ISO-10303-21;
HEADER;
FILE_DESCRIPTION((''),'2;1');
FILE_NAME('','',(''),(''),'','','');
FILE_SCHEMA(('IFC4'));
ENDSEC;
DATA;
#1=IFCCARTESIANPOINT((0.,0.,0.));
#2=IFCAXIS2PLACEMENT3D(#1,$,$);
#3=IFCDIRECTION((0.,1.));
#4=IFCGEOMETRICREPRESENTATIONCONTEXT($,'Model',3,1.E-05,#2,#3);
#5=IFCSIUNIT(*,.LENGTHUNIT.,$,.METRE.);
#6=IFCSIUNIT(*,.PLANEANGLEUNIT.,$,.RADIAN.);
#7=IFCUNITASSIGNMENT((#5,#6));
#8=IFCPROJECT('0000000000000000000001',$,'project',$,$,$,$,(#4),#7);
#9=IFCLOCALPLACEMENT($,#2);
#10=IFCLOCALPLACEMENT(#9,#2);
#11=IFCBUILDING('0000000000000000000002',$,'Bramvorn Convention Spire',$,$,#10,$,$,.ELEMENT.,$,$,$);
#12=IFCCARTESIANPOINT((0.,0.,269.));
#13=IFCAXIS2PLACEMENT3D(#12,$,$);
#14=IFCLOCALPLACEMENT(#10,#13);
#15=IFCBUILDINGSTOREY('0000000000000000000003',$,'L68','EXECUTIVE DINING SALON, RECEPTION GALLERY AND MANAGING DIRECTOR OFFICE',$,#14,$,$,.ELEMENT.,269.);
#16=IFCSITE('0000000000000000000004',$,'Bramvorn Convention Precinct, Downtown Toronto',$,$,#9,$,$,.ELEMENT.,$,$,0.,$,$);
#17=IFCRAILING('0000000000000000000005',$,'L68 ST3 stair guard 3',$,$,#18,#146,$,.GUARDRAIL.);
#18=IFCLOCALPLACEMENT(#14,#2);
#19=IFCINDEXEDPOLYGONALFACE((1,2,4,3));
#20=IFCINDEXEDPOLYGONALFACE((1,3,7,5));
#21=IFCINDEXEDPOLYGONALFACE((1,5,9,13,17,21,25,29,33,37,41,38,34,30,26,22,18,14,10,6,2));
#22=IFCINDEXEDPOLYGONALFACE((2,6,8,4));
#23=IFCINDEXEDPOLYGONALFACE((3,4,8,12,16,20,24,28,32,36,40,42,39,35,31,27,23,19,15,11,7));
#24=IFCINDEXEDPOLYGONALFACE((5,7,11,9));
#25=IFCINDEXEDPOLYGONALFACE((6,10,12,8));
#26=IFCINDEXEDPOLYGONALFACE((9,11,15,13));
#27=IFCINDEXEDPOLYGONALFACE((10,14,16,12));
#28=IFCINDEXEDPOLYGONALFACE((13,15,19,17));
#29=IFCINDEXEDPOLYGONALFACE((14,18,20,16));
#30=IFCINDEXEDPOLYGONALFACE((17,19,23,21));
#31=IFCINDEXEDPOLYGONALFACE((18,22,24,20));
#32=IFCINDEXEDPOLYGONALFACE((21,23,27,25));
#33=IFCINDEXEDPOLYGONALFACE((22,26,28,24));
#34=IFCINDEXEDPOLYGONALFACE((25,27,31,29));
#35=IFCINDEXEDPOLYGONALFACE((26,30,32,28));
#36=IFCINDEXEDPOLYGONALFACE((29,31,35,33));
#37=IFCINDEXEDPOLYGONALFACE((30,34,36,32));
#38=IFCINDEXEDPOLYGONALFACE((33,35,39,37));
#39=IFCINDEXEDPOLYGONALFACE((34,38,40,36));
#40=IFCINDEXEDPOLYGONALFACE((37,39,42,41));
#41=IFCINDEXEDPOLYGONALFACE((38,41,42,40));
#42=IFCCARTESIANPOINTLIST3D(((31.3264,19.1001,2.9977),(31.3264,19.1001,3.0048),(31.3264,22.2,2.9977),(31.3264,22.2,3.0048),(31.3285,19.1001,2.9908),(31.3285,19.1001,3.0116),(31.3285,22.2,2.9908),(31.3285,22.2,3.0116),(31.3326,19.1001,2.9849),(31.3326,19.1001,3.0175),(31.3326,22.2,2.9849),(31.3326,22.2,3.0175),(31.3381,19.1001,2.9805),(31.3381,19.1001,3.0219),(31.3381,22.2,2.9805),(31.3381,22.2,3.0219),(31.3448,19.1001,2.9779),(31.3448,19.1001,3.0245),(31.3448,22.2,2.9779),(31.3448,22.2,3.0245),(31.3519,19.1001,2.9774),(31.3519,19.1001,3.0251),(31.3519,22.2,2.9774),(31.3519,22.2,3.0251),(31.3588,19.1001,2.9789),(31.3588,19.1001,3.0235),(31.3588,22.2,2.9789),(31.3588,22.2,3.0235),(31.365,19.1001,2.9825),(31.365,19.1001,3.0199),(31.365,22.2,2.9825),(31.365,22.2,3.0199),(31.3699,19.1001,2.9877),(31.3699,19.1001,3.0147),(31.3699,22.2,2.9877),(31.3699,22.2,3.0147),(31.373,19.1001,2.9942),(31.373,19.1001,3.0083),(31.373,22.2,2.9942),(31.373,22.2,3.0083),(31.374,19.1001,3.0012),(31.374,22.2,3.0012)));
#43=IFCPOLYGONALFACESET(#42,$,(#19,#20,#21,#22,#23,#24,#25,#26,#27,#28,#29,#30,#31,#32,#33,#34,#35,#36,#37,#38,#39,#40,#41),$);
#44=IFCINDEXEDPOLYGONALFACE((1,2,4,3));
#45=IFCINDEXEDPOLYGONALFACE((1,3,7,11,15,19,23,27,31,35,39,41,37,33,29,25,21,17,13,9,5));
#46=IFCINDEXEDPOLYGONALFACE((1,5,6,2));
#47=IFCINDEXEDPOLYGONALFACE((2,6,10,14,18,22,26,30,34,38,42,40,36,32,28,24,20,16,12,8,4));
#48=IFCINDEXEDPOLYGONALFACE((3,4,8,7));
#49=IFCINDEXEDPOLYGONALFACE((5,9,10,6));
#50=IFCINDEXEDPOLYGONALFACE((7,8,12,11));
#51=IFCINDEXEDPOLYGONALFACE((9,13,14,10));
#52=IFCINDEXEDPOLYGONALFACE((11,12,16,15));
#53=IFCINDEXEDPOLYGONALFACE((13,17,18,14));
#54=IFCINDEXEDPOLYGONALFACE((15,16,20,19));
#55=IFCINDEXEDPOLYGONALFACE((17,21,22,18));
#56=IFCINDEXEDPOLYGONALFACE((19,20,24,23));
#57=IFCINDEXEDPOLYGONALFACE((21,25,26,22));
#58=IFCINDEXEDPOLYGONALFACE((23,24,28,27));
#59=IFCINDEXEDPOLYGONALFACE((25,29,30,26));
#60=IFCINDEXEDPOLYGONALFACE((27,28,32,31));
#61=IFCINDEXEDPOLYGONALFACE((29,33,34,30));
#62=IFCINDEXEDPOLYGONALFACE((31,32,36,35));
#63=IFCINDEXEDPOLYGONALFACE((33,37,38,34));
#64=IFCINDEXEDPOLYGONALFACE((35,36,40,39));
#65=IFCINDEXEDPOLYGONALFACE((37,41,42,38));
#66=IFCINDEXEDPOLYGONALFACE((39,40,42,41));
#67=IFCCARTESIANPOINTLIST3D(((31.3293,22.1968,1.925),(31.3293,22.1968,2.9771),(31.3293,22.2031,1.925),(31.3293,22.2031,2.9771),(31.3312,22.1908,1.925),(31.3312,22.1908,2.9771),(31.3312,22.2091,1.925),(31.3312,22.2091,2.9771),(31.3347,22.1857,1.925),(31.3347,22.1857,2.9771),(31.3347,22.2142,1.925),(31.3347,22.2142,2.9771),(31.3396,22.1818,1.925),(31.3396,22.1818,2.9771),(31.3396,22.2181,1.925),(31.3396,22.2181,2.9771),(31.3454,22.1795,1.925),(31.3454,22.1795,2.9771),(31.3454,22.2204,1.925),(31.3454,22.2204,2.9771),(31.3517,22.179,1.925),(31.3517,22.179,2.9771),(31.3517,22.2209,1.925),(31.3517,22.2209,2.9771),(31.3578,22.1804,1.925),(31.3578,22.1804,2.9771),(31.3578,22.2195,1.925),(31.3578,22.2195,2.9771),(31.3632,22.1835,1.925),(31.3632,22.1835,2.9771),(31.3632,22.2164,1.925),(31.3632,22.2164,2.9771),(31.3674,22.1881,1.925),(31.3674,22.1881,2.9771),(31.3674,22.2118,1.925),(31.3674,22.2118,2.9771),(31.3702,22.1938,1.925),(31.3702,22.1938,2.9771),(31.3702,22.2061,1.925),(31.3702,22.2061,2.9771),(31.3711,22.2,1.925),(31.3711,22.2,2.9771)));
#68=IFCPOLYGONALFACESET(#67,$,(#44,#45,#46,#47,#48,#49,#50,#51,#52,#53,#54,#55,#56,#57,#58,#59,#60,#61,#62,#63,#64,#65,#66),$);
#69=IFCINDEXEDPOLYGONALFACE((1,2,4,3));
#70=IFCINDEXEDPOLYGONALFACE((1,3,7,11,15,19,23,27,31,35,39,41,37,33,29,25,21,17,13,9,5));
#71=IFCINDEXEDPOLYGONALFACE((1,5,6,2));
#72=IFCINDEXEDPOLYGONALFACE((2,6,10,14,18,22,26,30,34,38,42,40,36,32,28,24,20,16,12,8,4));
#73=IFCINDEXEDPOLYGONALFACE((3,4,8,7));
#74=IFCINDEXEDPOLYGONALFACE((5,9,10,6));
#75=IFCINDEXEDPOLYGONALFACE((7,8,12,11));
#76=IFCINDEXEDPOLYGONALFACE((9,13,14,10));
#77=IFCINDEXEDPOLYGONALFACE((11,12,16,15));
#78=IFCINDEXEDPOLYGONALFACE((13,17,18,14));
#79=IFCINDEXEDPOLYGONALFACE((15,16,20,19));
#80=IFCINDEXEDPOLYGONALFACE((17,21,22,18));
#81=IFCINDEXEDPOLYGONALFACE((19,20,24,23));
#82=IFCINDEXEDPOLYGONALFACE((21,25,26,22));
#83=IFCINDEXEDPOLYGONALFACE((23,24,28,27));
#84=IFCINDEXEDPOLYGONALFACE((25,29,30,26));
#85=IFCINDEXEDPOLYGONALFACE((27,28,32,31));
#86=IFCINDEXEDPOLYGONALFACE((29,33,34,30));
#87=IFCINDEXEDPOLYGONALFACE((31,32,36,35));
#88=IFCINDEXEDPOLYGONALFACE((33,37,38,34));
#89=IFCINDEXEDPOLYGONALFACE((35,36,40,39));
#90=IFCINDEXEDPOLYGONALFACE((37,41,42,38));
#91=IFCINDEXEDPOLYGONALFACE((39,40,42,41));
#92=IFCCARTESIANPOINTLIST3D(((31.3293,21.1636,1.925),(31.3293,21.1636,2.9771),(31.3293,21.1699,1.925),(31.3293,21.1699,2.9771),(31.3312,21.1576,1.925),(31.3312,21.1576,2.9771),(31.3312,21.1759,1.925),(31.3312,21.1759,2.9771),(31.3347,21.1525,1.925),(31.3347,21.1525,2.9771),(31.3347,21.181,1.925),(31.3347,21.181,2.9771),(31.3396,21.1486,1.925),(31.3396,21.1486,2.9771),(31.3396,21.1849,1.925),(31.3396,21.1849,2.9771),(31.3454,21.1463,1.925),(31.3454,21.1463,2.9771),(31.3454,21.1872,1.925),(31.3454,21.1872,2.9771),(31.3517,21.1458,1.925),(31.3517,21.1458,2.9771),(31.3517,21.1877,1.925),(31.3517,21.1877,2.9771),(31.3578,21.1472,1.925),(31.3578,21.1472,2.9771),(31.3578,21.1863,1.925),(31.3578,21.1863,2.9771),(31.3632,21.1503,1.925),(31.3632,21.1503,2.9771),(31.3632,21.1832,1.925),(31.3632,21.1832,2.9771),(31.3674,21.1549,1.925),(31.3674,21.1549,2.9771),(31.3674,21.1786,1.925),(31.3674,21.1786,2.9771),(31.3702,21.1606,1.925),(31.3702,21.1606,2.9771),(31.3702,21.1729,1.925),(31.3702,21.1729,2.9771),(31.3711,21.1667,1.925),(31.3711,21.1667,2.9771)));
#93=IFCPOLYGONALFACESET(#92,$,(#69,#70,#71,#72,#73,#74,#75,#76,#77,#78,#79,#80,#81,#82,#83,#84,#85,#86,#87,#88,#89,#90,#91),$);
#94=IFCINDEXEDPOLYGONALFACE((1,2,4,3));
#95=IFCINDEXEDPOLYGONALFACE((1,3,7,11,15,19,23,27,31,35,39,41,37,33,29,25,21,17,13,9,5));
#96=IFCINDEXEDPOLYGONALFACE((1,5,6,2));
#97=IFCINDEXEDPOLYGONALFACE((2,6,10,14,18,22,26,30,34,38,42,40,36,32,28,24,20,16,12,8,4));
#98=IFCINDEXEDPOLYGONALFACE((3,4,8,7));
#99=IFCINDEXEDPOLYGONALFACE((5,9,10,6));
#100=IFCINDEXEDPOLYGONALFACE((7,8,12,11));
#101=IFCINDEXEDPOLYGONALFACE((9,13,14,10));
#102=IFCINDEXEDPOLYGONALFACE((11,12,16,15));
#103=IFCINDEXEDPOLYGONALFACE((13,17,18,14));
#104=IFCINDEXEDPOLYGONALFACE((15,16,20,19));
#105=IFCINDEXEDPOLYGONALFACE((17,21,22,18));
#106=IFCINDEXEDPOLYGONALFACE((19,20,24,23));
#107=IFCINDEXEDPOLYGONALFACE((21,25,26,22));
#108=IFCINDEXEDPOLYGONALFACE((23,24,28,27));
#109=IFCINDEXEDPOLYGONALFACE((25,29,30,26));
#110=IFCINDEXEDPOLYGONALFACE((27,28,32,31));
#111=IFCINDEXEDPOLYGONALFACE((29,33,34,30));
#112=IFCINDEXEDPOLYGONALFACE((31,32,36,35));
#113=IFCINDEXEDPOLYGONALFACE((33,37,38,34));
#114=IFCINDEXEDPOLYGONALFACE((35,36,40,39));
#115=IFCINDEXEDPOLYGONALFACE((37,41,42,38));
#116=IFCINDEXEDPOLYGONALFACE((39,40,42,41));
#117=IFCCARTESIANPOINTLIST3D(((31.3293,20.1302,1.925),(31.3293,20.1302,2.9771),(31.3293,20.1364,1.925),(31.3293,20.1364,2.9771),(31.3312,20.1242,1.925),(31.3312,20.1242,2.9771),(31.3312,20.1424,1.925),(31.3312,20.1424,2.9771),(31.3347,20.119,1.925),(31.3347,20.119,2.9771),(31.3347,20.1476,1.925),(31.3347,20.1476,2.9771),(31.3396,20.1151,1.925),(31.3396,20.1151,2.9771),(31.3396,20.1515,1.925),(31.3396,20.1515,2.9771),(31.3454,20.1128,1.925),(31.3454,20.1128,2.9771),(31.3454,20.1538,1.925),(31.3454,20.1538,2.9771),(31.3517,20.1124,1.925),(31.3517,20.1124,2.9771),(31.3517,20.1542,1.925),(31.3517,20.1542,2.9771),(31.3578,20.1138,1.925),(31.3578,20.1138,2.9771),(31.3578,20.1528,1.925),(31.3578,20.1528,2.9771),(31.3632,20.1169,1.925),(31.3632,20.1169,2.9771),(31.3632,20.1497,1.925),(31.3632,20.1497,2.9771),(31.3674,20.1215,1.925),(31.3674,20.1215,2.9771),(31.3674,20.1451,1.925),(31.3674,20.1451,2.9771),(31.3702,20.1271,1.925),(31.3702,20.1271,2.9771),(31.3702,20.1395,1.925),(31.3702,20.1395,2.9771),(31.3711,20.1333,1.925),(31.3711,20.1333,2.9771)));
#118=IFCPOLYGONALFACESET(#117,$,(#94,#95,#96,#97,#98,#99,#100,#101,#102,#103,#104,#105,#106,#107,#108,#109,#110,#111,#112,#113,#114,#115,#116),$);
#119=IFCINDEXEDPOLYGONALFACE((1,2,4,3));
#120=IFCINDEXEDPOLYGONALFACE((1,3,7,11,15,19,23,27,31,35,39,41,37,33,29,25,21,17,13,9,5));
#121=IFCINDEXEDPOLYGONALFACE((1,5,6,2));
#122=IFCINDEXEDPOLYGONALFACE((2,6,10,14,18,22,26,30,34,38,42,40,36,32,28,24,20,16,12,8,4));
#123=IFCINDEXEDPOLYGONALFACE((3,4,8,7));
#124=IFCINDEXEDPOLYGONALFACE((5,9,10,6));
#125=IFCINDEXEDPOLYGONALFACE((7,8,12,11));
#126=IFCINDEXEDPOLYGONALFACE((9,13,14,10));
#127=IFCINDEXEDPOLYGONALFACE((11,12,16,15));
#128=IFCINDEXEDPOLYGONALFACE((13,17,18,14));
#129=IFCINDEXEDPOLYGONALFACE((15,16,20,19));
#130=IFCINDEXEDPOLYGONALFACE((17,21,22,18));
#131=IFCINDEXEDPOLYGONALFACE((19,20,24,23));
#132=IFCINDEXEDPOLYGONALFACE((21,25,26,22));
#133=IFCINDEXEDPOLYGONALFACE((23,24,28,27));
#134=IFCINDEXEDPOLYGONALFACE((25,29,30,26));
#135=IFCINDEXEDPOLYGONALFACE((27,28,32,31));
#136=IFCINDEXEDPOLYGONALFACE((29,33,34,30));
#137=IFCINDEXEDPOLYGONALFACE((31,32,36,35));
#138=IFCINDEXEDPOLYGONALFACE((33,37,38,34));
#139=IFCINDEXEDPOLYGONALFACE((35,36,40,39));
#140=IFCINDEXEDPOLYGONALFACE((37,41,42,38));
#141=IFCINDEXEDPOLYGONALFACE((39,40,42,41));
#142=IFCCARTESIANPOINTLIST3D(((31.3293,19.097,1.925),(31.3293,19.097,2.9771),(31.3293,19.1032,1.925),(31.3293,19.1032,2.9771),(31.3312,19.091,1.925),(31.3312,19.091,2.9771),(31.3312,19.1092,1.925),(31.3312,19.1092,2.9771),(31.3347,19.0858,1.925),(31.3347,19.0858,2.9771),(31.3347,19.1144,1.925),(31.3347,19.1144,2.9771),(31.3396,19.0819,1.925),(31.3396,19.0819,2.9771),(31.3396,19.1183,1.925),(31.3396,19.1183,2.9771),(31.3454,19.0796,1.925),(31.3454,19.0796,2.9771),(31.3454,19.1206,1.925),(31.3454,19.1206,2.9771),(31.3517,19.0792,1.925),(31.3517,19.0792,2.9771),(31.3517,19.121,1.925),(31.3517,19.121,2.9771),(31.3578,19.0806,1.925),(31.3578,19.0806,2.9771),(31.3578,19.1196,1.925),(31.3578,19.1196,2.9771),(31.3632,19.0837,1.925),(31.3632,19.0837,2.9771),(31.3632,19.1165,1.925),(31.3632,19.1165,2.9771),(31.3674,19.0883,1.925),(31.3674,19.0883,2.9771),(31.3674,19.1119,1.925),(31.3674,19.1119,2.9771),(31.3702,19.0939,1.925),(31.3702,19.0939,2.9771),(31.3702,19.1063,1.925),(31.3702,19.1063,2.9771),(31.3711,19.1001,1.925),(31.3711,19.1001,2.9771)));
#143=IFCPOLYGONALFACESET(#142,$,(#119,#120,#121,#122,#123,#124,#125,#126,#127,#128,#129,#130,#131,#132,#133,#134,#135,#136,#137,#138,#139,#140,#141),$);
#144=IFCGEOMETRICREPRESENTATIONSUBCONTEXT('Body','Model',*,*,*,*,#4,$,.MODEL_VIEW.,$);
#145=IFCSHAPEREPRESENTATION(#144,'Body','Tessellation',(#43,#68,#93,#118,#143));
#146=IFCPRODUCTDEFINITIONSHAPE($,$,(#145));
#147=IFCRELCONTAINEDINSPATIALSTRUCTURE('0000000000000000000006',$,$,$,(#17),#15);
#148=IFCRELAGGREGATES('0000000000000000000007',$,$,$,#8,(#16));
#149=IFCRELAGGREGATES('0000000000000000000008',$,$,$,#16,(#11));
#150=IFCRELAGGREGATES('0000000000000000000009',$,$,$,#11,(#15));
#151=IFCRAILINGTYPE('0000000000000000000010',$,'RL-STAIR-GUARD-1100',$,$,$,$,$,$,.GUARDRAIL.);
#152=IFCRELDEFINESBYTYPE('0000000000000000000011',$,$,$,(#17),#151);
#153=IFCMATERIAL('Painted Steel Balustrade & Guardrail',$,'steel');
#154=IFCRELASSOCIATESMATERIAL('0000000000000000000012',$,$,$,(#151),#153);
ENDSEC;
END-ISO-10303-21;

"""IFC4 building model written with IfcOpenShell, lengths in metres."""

from ifc_helpers import new_model, si_unit, direction, frame, origin, origin_2d, place, context, subcontext, project, spatial, circle, extrude, material, type_object, element, save


model = new_model("IFC4")

# Units and contexts
model_context = context("Model", 3, precision=1e-05, world=origin(), true_north=direction((0.0, 1.0)))
body_context = subcontext(model_context, "Body", "Model", "MODEL_VIEW")
ifc_project = project(units=[si_unit("LENGTHUNIT", "METRE"), si_unit("PLANEANGLEUNIT", "RADIAN")], contexts=[model_context])

# Site, building, storey
site_placement = place(None, origin())
site = spatial("IfcSite", under=ifc_project, at=site_placement, Name="Bramvorn Convention Precinct, Downtown Toronto", CompositionType="ELEMENT", RefElevation=0.0)
building_placement = place(site_placement, origin())
building = spatial("IfcBuilding", under=site, at=building_placement, Name="Bramvorn Convention Spire", CompositionType="ELEMENT")
storey_placement = place(building_placement, frame((0.0, 0.0, 269.0)))
storey = spatial("IfcBuildingStorey", under=building, at=storey_placement, Name="L68", Description="EXECUTIVE DINING SALON, RECEPTION GALLERY AND MANAGING DIRECTOR OFFICE", CompositionType="ELEMENT", Elevation=269.0)

# Railing
ifc_material_1 = material(Name="Painted Steel Balustrade & Guardrail", Category="steel")
railing_type_1 = type_object("IfcRailingType", Name="RL-STAIR-GUARD-1100", PredefinedType="GUARDRAIL", material=ifc_material_1)
for number, where, name in (
    (1, (31.3501, 22.2, 1.925), "L68 ST3 stair guard 3"),
):
    element("IfcRailing", number, at=place(storey_placement, frame(where)), inside=storey, type_object=railing_type_1, Name=name, PredefinedType="GUARDRAIL", context=body_context, shape_type="SweptSolid", body=[
        extrude(circle(Radius=0.0239, at=origin_2d()), frame((0.0, 0.0, 1.0762), z_axis=(0.0, -1.0, 0.0), x_axis=(1.0, 0.0, 0.0)), (0.0, 0.0, 1.0), 3.0999),
        extrude(circle(Radius=0.021, at=origin_2d()), origin(), (0.0, 0.0, 1.0), 1.052),
        extrude(circle(Radius=0.021, at=origin_2d()), frame((0.0, -1.0332, 0.0)), (0.0, 0.0, 1.0), 1.052),
        extrude(circle(Radius=0.021, at=origin_2d()), frame((0.0, -2.0667, 0.0)), (0.0, 0.0, 1.0), 1.052),
        extrude(circle(Radius=0.021, at=origin_2d()), frame((0.0, -3.0999, 0.0)), (0.0, 0.0, 1.0), 1.052),
    ])

save(model, "model.ifc")
